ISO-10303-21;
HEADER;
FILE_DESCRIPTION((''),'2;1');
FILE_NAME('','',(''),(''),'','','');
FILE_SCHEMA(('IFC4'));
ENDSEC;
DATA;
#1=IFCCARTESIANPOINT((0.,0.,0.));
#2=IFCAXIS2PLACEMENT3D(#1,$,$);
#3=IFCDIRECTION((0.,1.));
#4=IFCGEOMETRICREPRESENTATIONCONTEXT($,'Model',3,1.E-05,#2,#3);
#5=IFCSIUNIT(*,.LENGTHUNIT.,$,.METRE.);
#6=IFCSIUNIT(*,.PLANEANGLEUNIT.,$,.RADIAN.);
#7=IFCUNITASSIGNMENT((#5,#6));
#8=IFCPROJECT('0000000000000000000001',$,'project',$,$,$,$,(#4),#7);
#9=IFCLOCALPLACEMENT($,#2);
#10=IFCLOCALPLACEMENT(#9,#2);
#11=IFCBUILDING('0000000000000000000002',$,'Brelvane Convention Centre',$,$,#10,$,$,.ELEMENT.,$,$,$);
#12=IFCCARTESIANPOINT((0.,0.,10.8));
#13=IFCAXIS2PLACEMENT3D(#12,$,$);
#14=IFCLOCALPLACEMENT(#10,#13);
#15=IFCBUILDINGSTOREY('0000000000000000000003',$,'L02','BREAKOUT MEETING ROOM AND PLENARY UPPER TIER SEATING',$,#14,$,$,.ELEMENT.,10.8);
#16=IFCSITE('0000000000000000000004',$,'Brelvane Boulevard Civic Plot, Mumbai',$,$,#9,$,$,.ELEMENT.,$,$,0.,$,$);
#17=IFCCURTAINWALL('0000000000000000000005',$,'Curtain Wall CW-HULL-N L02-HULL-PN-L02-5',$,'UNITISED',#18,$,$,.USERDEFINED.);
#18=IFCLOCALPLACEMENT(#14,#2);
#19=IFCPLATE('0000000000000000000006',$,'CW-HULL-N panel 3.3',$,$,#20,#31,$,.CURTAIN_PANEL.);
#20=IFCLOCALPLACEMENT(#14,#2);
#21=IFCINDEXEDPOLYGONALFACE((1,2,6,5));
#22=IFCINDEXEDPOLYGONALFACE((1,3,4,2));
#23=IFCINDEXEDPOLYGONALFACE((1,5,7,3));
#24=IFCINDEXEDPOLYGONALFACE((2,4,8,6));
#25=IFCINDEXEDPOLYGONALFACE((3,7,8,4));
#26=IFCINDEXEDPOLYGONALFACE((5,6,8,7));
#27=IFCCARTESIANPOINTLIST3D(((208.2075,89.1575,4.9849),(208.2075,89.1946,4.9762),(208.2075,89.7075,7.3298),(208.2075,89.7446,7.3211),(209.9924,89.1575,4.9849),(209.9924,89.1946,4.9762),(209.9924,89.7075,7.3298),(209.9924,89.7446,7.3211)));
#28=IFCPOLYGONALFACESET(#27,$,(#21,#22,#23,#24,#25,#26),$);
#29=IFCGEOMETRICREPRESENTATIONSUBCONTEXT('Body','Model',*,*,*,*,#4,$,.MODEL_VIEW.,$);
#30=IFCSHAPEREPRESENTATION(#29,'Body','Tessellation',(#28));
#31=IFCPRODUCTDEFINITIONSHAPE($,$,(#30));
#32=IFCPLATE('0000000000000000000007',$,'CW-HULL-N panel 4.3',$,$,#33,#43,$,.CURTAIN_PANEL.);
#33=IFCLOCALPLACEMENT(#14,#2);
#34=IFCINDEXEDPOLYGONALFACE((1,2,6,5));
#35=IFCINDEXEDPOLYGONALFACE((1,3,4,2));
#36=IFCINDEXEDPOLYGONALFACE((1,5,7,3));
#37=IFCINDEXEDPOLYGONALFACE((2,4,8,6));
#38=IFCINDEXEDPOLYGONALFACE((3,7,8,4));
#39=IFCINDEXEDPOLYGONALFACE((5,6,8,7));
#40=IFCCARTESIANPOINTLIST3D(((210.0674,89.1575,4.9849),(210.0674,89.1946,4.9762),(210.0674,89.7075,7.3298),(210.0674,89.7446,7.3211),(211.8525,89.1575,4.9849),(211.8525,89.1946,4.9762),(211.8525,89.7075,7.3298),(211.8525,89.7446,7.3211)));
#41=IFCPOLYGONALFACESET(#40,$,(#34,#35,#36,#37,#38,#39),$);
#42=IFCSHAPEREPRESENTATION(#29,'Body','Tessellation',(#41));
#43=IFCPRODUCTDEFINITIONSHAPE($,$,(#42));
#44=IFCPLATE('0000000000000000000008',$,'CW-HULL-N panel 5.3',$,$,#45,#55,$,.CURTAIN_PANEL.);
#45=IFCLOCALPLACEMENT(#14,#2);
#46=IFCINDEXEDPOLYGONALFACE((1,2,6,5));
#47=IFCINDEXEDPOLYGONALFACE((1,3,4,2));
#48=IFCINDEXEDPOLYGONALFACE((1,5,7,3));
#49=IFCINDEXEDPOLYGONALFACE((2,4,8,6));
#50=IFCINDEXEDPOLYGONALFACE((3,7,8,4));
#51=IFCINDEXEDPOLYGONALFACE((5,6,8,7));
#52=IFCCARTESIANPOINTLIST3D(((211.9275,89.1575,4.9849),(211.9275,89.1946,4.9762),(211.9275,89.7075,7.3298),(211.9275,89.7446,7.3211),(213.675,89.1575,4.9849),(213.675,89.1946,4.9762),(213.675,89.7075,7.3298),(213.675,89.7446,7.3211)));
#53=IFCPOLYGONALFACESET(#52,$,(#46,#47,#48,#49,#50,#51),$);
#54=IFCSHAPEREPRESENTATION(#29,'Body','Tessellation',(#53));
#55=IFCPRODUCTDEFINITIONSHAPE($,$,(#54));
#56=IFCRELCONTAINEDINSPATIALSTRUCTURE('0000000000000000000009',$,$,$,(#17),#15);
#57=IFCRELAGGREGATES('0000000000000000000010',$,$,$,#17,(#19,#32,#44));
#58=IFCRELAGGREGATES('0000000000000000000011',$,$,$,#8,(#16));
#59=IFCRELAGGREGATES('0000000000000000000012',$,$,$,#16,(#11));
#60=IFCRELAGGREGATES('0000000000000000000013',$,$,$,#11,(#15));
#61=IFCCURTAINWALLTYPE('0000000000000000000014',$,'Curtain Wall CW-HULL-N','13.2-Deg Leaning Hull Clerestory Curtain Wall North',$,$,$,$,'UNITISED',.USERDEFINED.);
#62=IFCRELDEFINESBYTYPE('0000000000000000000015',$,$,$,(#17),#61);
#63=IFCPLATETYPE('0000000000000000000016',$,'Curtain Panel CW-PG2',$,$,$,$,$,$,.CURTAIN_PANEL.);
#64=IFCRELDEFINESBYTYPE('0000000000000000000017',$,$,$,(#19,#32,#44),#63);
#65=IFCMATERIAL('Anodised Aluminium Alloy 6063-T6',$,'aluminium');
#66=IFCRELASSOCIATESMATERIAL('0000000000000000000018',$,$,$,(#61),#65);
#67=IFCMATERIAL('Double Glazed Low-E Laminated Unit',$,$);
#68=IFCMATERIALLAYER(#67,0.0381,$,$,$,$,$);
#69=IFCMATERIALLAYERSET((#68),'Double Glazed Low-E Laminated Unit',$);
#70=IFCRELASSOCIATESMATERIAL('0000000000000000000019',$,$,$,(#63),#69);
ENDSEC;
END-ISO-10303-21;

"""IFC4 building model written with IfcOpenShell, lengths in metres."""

from ifc_helpers import new_model, si_unit, direction, frame, origin, place, context, subcontext, project, spatial, polyline, outline, extrude, material, layer, layer_set, type_object, element, aggregate, save


model = new_model("IFC4")

# Units and contexts
model_context = context("Model", 3, precision=1e-05, world=origin(), true_north=direction((0.0, 1.0)))
body_context = subcontext(model_context, "Body", "Model", "MODEL_VIEW")
ifc_project = project(units=[si_unit("LENGTHUNIT", "METRE"), si_unit("PLANEANGLEUNIT", "RADIAN")], contexts=[model_context])

# Site, building, storey
site_placement = place(None, origin())
site = spatial("IfcSite", under=ifc_project, at=site_placement, Name="Brelvane Boulevard Civic Plot, Mumbai", CompositionType="ELEMENT", RefElevation=0.0)
building_placement = place(site_placement, origin())
building = spatial("IfcBuilding", under=site, at=building_placement, Name="Brelvane Convention Centre", CompositionType="ELEMENT")
storey_placement = place(building_placement, frame((0.0, 0.0, 10.8)))
storey = spatial("IfcBuildingStorey", under=building, at=storey_placement, Name="L02", Description="BREAKOUT MEETING ROOM AND PLENARY UPPER TIER SEATING", CompositionType="ELEMENT", Elevation=10.8)

# Curtain wall
ifc_material_1 = material(Name="Anodised Aluminium Alloy 6063-T6", Category="aluminium")
curtain_wall_type = type_object("IfcCurtainWallType", Name="Curtain Wall CW-HULL-N", Description="13.2-Deg Leaning Hull Clerestory Curtain Wall North", ElementType="UNITISED", PredefinedType="USERDEFINED", material=ifc_material_1)
curtain_wall_1_placement = place(storey_placement, origin())
curtain_wall_1 = element("IfcCurtainWall", 1, at=curtain_wall_1_placement, inside=storey, type_object=curtain_wall_type, Name="Curtain Wall CW-HULL-N L02-HULL-PN-L02-5", ObjectType="UNITISED", PredefinedType="USERDEFINED")

# Plates
ifc_material_2 = material(Name="Double Glazed Low-E Laminated Unit")
ifc_layer = layer(ifc_material_2, 0.0381)
ifc_layer_set = layer_set([ifc_layer], Name="Double Glazed Low-E Laminated Unit")
plate_type = type_object("IfcPlateType", Name="Curtain Panel CW-PG2", PredefinedType="CURTAIN_PANEL", material=ifc_layer_set)
plate_1_placement = place(storey_placement, frame((208.2075, 89.1575, 4.9849), z_axis=(0.0, -0.973575, 0.228367), x_axis=(1.0, 0.0, 0.0)))
plate_1 = element("IfcPlate", 2, at=plate_1_placement, type_object=plate_type, Name="CW-HULL-N panel 3.3", PredefinedType="CURTAIN_PANEL", context=body_context, shape_type="SweptSolid", body=[
    extrude(outline(polyline([(0.0, 0.0), (1.7849, 0.0), (1.7849, 2.4086), (0.0, 2.4086), (0.0, 0.0)])), origin(), (0.0, 0.0, -1.0), 0.0381),
])
plate_2_placement = place(storey_placement, frame((210.0674, 89.1575, 4.9849), z_axis=(0.0, -0.973575, 0.228367), x_axis=(1.0, 0.0, 0.0)))
plate_2 = element("IfcPlate", 3, at=plate_2_placement, type_object=plate_type, Name="CW-HULL-N panel 4.3", PredefinedType="CURTAIN_PANEL", context=body_context, shape_type="SweptSolid", body=[
    extrude(outline(polyline([(0.0, 0.0), (1.7852, 0.0), (1.7852, 2.4086), (0.0, 2.4086), (0.0, 0.0)])), origin(), (0.0, 0.0, -1.0), 0.0381),
])
plate_3_placement = place(storey_placement, frame((211.9275, 89.1575, 4.9849), z_axis=(0.0, -0.973575, 0.228367), x_axis=(1.0, 0.0, 0.0)))
plate_3 = element("IfcPlate", 4, at=plate_3_placement, type_object=plate_type, Name="CW-HULL-N panel 5.3", PredefinedType="CURTAIN_PANEL", context=body_context, shape_type="SweptSolid", body=[
    extrude(outline(polyline([(0.0, 0.0), (1.7476, 0.0), (1.7476, 2.4086), (0.0, 2.4086), (0.0, 0.0)])), origin(), (0.0, 0.0, -1.0), 0.0381),
])
aggregate(curtain_wall_1, [plate_1, plate_2, plate_3])

save(model, "model.ifc")
